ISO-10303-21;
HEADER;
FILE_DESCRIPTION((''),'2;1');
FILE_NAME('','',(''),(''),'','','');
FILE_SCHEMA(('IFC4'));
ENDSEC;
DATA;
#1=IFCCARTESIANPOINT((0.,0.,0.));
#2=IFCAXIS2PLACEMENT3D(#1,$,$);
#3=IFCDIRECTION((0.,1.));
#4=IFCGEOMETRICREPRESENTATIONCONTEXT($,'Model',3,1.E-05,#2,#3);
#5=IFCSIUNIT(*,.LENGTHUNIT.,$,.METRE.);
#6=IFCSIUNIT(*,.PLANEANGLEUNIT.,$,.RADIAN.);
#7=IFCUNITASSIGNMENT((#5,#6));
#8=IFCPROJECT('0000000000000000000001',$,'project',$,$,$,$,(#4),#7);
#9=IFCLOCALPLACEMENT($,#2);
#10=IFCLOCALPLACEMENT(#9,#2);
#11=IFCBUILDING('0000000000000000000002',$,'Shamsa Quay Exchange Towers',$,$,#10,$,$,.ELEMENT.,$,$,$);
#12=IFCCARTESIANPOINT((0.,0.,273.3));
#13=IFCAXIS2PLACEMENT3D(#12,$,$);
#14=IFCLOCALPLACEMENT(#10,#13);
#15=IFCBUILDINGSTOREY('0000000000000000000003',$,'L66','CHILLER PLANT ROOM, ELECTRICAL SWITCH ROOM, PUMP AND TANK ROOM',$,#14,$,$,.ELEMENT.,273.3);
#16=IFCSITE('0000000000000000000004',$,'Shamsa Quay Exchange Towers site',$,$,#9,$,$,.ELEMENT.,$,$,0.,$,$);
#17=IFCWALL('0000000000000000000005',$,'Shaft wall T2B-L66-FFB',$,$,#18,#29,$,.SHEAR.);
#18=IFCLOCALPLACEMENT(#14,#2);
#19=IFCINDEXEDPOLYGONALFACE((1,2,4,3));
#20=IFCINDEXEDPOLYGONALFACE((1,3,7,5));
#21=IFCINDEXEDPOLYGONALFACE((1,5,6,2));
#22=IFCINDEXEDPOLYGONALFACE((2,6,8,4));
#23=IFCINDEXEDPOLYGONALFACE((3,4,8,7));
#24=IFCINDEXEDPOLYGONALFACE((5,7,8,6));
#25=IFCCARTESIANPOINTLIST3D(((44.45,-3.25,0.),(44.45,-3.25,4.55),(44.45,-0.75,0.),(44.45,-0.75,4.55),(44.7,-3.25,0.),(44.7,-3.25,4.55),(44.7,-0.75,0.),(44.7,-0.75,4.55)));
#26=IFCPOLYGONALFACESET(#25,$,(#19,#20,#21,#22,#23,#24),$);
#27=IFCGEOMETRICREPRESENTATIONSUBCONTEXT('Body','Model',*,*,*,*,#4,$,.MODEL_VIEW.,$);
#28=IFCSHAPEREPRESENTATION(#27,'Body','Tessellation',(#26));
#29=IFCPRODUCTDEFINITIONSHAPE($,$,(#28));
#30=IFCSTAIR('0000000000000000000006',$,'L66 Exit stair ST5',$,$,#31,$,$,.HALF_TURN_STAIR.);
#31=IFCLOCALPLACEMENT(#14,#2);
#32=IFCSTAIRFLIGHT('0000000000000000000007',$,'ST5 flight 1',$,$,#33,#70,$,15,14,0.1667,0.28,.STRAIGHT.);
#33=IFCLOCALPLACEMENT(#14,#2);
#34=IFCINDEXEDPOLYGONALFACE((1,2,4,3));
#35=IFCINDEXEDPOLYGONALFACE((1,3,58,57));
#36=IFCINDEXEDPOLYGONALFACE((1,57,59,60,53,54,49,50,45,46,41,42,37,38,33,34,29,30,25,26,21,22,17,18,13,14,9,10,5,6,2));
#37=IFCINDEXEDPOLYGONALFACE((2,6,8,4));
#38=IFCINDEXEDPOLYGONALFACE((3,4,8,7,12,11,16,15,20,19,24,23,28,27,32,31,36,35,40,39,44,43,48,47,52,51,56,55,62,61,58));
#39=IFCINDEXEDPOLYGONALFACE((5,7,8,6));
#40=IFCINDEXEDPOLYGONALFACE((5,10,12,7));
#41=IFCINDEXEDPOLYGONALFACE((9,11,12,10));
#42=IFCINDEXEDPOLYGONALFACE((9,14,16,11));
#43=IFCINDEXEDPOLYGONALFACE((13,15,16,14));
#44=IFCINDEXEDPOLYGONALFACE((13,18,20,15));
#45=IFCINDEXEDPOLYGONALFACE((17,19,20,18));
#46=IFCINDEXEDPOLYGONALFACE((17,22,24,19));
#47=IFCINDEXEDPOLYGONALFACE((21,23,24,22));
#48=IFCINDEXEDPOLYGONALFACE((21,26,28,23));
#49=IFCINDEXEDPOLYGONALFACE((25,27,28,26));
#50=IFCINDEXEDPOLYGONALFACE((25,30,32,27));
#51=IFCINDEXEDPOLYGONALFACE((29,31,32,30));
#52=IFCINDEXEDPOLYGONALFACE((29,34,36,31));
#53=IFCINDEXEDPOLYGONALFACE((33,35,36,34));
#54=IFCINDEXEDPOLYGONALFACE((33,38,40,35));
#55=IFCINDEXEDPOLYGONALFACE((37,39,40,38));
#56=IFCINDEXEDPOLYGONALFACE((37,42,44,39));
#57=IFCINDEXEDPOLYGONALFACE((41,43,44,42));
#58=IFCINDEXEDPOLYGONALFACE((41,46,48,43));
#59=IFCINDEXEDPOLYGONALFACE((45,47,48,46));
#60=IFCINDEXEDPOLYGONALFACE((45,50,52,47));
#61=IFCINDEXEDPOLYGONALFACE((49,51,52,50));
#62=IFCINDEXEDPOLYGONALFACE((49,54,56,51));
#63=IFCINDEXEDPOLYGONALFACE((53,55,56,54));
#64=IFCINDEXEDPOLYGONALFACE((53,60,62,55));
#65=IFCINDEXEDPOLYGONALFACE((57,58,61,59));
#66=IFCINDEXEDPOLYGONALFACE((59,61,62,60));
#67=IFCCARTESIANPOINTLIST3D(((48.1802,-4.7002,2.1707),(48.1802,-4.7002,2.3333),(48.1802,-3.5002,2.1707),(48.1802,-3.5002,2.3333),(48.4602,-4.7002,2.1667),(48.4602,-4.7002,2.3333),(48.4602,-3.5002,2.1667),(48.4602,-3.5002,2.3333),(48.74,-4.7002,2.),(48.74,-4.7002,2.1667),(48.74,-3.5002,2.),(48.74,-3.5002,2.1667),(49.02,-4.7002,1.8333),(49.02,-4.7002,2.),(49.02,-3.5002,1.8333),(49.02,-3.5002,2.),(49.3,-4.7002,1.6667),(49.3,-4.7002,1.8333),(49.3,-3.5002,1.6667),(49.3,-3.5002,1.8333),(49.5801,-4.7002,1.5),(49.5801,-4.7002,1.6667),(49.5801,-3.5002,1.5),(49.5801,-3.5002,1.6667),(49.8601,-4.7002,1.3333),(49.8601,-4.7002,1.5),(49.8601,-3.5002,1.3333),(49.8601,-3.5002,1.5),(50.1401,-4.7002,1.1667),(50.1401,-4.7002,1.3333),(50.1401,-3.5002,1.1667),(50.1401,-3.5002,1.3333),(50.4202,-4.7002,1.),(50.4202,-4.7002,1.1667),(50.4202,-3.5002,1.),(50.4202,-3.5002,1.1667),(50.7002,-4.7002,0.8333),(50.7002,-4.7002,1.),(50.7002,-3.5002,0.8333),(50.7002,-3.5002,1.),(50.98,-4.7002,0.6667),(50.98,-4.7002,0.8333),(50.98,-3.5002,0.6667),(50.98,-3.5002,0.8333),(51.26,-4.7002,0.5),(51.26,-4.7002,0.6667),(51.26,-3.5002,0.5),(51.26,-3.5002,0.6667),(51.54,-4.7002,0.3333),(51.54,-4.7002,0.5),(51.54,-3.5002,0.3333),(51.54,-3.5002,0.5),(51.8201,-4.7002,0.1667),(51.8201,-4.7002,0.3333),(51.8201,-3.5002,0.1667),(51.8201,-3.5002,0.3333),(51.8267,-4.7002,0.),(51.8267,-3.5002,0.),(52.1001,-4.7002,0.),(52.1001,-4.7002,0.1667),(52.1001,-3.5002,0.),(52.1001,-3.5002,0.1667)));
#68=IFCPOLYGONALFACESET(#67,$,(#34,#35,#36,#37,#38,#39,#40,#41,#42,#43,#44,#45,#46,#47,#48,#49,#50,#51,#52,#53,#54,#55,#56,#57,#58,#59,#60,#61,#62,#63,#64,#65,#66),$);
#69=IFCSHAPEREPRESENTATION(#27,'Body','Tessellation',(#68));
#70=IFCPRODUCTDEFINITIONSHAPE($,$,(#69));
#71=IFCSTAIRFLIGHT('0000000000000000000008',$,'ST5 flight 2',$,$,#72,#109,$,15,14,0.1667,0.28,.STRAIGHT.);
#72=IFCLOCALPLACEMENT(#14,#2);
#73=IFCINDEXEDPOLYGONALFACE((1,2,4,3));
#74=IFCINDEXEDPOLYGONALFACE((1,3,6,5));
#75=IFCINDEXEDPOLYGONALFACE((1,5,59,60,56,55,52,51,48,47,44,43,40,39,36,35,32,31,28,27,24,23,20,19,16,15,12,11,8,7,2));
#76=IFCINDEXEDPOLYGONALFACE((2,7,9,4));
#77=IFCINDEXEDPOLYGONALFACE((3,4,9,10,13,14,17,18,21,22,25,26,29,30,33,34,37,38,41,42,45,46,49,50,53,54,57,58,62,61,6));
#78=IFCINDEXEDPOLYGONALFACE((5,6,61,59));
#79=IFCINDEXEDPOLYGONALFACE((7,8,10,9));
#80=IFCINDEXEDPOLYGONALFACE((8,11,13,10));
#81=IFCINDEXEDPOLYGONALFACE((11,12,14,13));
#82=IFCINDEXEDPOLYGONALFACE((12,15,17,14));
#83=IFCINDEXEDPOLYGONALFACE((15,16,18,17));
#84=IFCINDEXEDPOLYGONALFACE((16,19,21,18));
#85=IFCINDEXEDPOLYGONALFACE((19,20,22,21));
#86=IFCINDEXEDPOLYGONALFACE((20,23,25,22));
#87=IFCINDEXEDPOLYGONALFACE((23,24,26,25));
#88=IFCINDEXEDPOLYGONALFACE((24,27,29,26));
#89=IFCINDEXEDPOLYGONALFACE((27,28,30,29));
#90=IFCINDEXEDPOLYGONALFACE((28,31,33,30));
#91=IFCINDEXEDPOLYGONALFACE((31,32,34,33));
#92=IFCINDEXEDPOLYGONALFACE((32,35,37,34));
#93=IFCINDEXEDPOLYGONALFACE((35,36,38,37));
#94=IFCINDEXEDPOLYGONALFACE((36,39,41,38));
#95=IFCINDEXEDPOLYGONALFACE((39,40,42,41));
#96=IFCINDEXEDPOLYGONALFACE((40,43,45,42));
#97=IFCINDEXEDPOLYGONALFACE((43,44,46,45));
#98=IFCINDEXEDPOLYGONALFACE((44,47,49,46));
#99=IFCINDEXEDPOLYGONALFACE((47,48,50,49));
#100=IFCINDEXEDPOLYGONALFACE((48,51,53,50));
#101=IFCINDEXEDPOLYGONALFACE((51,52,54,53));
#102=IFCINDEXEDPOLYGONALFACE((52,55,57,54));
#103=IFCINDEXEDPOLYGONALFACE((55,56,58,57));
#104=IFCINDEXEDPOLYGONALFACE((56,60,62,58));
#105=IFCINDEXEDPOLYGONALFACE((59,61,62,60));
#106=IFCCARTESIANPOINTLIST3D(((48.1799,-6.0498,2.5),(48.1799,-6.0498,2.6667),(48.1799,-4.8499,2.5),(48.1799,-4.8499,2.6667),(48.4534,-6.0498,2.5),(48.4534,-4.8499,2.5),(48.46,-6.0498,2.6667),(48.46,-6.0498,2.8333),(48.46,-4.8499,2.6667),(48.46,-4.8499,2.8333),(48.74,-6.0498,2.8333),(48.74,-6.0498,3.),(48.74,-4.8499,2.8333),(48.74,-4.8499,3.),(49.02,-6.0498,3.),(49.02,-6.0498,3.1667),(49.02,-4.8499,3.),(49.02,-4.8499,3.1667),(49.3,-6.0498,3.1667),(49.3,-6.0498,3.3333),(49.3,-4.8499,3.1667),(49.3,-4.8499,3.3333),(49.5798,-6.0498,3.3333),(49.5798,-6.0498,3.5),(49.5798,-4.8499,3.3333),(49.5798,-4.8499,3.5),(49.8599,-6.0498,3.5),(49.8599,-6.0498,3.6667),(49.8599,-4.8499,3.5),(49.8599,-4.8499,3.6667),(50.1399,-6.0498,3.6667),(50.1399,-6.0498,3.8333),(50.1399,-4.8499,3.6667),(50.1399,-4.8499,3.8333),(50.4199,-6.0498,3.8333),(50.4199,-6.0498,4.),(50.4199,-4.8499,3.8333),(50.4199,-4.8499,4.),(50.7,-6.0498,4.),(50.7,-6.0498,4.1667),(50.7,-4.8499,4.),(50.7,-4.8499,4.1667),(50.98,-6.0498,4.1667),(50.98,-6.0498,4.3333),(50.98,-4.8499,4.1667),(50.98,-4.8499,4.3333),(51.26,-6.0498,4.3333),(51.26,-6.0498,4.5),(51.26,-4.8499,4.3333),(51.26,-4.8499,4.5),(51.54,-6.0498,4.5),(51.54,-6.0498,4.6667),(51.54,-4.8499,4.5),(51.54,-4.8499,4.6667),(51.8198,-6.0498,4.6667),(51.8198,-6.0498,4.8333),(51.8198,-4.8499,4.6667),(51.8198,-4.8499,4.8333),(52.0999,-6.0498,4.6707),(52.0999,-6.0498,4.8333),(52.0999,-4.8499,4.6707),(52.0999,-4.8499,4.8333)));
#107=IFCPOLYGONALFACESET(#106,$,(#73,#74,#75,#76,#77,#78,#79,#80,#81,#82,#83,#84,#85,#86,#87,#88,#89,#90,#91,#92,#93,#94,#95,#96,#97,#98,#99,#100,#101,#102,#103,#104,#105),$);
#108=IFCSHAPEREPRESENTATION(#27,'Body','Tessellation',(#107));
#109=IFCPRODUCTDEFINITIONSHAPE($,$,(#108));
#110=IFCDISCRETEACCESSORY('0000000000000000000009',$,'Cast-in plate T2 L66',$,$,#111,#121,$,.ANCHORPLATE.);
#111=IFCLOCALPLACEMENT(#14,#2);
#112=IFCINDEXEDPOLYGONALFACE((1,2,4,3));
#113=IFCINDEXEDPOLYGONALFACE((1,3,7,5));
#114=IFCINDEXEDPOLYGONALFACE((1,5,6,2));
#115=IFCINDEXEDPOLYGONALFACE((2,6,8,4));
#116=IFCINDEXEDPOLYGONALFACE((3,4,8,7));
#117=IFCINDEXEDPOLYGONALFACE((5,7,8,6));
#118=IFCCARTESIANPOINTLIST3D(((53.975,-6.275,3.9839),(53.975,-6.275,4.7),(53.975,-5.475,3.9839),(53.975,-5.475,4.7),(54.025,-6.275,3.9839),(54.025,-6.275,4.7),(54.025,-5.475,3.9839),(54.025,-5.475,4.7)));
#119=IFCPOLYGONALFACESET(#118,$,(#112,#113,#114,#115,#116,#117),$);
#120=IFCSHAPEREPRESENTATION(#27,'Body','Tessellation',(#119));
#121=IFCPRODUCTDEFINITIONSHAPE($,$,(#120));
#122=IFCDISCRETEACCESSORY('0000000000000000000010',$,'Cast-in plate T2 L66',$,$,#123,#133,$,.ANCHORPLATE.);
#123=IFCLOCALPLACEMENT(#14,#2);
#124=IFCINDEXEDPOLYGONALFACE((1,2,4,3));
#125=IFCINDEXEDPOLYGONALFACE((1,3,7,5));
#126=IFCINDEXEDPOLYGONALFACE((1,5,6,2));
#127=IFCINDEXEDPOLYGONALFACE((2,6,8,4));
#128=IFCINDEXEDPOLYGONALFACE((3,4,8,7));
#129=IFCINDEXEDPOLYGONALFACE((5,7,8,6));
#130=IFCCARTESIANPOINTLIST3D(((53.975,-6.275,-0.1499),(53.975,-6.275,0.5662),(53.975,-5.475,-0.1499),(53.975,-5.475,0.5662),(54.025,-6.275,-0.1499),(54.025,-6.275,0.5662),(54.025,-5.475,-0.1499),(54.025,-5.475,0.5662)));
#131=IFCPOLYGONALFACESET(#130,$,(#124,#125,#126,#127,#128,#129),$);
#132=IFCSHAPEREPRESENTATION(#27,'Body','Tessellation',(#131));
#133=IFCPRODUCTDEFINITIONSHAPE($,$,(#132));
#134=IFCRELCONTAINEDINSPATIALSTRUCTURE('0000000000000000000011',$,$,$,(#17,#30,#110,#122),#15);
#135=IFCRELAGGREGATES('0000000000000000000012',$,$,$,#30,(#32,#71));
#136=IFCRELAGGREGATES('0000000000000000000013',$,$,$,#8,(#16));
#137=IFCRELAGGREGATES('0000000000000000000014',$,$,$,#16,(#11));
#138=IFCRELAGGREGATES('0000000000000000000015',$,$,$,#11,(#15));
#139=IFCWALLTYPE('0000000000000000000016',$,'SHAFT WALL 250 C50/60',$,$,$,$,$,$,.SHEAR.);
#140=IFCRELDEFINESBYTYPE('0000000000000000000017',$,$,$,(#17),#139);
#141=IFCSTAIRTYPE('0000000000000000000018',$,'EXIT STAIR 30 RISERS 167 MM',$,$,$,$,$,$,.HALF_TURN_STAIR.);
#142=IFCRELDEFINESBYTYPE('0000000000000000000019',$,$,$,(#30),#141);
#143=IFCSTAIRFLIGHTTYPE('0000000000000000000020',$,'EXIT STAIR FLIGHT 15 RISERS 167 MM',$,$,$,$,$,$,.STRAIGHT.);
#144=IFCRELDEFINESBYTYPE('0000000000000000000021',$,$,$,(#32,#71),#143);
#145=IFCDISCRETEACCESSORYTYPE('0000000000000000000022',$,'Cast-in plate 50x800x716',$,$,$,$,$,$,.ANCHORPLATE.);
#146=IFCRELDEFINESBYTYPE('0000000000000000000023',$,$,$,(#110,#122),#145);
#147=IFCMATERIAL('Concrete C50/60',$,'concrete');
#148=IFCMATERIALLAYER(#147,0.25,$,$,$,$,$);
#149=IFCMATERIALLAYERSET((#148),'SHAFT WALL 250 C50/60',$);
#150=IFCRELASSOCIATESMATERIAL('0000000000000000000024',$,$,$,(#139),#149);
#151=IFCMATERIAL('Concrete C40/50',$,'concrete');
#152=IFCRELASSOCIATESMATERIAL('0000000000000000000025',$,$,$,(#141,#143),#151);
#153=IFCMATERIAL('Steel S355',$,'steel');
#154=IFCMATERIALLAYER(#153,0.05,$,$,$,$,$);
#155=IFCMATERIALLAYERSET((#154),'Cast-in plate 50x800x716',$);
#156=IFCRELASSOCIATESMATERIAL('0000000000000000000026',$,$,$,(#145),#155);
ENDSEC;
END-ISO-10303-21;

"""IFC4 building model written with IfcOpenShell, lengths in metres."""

from ifc_helpers import new_model, si_unit, direction, frame, frame_2d, origin, origin_2d, place, context, subcontext, project, spatial, polyline, rectangle, outline, extrude, material, layer, layer_set, type_object, element, aggregate, save


model = new_model("IFC4")

# Units and contexts
model_context = context("Model", 3, precision=1e-05, world=origin(), true_north=direction((0.0, 1.0)))
body_context = subcontext(model_context, "Body", "Model", "MODEL_VIEW")
ifc_project = project(units=[si_unit("LENGTHUNIT", "METRE"), si_unit("PLANEANGLEUNIT", "RADIAN")], contexts=[model_context])

# Site, building, storey
site_placement = place(None, origin())
site = spatial("IfcSite", under=ifc_project, at=site_placement, Name="Shamsa Quay Exchange Towers site", CompositionType="ELEMENT", RefElevation=0.0)
building_placement = place(site_placement, origin())
building = spatial("IfcBuilding", under=site, at=building_placement, Name="Shamsa Quay Exchange Towers", CompositionType="ELEMENT")
storey_placement = place(building_placement, frame((0.0, 0.0, 273.3)))
storey = spatial("IfcBuildingStorey", under=building, at=storey_placement, Name="L66", Description="CHILLER PLANT ROOM, ELECTRICAL SWITCH ROOM, PUMP AND TANK ROOM", CompositionType="ELEMENT", Elevation=273.3)

# Shared definitions
ifc_material_1 = material(Name="Steel S355", Category="steel")

# Shared definitions
ifc_material_2 = material(Name="Concrete C50/60", Category="concrete")
ifc_layer_1 = layer(ifc_material_2, 0.25)
ifc_layer_set_1 = layer_set([ifc_layer_1], Name="SHAFT WALL 250 C50/60")
wall_type_1 = type_object("IfcWallType", Name="SHAFT WALL 250 C50/60", PredefinedType="SHEAR", material=ifc_layer_set_1)

# Wall
wall_1_placement = place(storey_placement, frame((44.575, -3.25, 0.0), z_axis=(0.0, 0.0, 1.0), x_axis=(0.0, 1.0, 0.0)))
element("IfcWall", 1, at=wall_1_placement, inside=storey, type_object=wall_type_1, Name="Shaft wall T2B-L66-FFB", PredefinedType="SHEAR", context=body_context, shape_type="SweptSolid", body=[
    extrude(rectangle(XDim=2.5, YDim=0.25, at=frame_2d((1.25, 0.0))), origin(), (0.0, 0.0, 1.0), 4.55),
])

# Stair, stair flights
ifc_material_3 = material(Name="Concrete C40/50", Category="concrete")
stair_type = type_object("IfcStairType", Name="EXIT STAIR 30 RISERS 167 MM", PredefinedType="HALF_TURN_STAIR", material=ifc_material_3)
stair_placement = place(storey_placement, origin())
stair = element("IfcStair", 2, at=stair_placement, inside=storey, type_object=stair_type, Name="L66 Exit stair ST5", PredefinedType="HALF_TURN_STAIR")
stair_flight_type = type_object("IfcStairFlightType", Name="EXIT STAIR FLIGHT 15 RISERS 167 MM", PredefinedType="STRAIGHT", material=ifc_material_3)
stair_flight_1_placement = place(storey_placement, frame((52.1001, -4.1001, 0.0), z_axis=(0.0, 0.0, 1.0), x_axis=(-1.0, 0.0, 0.0)))
stair_flight_1 = element("IfcStairFlight", 3, at=stair_flight_1_placement, type_object=stair_flight_type, Name="ST5 flight 1", NumberOfRisers=15, NumberOfTreads=14, PredefinedType="STRAIGHT", RiserHeight=0.1667, TreadLength=0.28, context=body_context, shape_type="SweptSolid", body=[
    extrude(outline(polyline([(0.0, 0.0), (0.0, 0.1667), (0.28, 0.1667), (0.28, 0.3333), (0.5601, 0.3333), (0.5601, 0.5), (0.8401, 0.5), (0.8401, 0.6667), (1.1201, 0.6667), (1.1201, 0.8333), (1.3999, 0.8333), (1.3999, 1.0), (1.6799, 1.0), (1.6799, 1.1667), (1.96, 1.1667), (1.96, 1.3333), (2.24, 1.3333), (2.24, 1.5), (2.52, 1.5), (2.52, 1.6667), (2.8, 1.6667), (2.8, 1.8333), (3.0801, 1.8333), (3.0801, 2.0), (3.3601, 2.0), (3.3601, 2.1667), (3.6399, 2.1667), (3.6399, 2.3333), (3.9199, 2.3333), (3.9199, 2.5), (3.9199, 2.1707), (0.2734, 0.0), (0.0, 0.0)])), frame((0.0, 0.6001, 0.0), z_axis=(0.0, -1.0, 0.0), x_axis=(1.0, 0.0, 0.0)), (0.0, 0.0, 1.0), 1.2),
])
stair_flight_2_placement = place(storey_placement, frame((48.1799, -5.45, 2.5)))
stair_flight_2 = element("IfcStairFlight", 4, at=stair_flight_2_placement, type_object=stair_flight_type, Name="ST5 flight 2", NumberOfRisers=15, NumberOfTreads=14, PredefinedType="STRAIGHT", RiserHeight=0.1667, TreadLength=0.28, context=body_context, shape_type="SweptSolid", body=[
    extrude(outline(polyline([(0.0, 0.0), (0.0, 0.1667), (0.28, 0.1667), (0.28, 0.3333), (0.5601, 0.3333), (0.5601, 0.5), (0.8401, 0.5), (0.8401, 0.6667), (1.1201, 0.6667), (1.1201, 0.8333), (1.3999, 0.8333), (1.3999, 1.0), (1.6799, 1.0), (1.6799, 1.1667), (1.96, 1.1667), (1.96, 1.3333), (2.24, 1.3333), (2.24, 1.5), (2.52, 1.5), (2.52, 1.6667), (2.8, 1.6667), (2.8, 1.8333), (3.0801, 1.8333), (3.0801, 2.0), (3.3601, 2.0), (3.3601, 2.1667), (3.6399, 2.1667), (3.6399, 2.3333), (3.9199, 2.3333), (3.9199, 2.5), (3.9199, 2.1707), (0.2734, 0.0), (0.0, 0.0)])), frame((0.0, 0.6001, 0.0), z_axis=(0.0, -1.0, 0.0), x_axis=(1.0, 0.0, 0.0)), (0.0, 0.0, 1.0), 1.2),
])
aggregate(stair, [stair_flight_1, stair_flight_2])

# Discrete accessories
ifc_layer_2 = layer(ifc_material_1, 0.05)
ifc_layer_set_2 = layer_set([ifc_layer_2], Name="Cast-in plate 50x800x716")
discrete_accessory_type = type_object("IfcDiscreteAccessoryType", Name="Cast-in plate 50x800x716", PredefinedType="ANCHORPLATE", material=ifc_layer_set_2)
for number, where, z_axis, x_axis, name in (
    (5, (54.0, -5.875, 3.9839), (0.0, 0.0, 1.0), (-1.0, 0.0, 0.0), "Cast-in plate T2 L66"),
    (6, (54.0, -5.875, -0.1499), (0.0, 0.0, 1.0), (-1.0, 0.0, 0.0), "Cast-in plate T2 L66"),
):
    element("IfcDiscreteAccessory", number, at=place(storey_placement, frame(where, z_axis=z_axis, x_axis=x_axis)), inside=storey, type_object=discrete_accessory_type, Name=name, PredefinedType="ANCHORPLATE", context=body_context, shape_type="SweptSolid", body=[
        extrude(rectangle(XDim=0.05, YDim=0.8, at=origin_2d()), origin(), (0.0, 0.0, 1.0), 0.7161),
    ])

save(model, "model.ifc")
